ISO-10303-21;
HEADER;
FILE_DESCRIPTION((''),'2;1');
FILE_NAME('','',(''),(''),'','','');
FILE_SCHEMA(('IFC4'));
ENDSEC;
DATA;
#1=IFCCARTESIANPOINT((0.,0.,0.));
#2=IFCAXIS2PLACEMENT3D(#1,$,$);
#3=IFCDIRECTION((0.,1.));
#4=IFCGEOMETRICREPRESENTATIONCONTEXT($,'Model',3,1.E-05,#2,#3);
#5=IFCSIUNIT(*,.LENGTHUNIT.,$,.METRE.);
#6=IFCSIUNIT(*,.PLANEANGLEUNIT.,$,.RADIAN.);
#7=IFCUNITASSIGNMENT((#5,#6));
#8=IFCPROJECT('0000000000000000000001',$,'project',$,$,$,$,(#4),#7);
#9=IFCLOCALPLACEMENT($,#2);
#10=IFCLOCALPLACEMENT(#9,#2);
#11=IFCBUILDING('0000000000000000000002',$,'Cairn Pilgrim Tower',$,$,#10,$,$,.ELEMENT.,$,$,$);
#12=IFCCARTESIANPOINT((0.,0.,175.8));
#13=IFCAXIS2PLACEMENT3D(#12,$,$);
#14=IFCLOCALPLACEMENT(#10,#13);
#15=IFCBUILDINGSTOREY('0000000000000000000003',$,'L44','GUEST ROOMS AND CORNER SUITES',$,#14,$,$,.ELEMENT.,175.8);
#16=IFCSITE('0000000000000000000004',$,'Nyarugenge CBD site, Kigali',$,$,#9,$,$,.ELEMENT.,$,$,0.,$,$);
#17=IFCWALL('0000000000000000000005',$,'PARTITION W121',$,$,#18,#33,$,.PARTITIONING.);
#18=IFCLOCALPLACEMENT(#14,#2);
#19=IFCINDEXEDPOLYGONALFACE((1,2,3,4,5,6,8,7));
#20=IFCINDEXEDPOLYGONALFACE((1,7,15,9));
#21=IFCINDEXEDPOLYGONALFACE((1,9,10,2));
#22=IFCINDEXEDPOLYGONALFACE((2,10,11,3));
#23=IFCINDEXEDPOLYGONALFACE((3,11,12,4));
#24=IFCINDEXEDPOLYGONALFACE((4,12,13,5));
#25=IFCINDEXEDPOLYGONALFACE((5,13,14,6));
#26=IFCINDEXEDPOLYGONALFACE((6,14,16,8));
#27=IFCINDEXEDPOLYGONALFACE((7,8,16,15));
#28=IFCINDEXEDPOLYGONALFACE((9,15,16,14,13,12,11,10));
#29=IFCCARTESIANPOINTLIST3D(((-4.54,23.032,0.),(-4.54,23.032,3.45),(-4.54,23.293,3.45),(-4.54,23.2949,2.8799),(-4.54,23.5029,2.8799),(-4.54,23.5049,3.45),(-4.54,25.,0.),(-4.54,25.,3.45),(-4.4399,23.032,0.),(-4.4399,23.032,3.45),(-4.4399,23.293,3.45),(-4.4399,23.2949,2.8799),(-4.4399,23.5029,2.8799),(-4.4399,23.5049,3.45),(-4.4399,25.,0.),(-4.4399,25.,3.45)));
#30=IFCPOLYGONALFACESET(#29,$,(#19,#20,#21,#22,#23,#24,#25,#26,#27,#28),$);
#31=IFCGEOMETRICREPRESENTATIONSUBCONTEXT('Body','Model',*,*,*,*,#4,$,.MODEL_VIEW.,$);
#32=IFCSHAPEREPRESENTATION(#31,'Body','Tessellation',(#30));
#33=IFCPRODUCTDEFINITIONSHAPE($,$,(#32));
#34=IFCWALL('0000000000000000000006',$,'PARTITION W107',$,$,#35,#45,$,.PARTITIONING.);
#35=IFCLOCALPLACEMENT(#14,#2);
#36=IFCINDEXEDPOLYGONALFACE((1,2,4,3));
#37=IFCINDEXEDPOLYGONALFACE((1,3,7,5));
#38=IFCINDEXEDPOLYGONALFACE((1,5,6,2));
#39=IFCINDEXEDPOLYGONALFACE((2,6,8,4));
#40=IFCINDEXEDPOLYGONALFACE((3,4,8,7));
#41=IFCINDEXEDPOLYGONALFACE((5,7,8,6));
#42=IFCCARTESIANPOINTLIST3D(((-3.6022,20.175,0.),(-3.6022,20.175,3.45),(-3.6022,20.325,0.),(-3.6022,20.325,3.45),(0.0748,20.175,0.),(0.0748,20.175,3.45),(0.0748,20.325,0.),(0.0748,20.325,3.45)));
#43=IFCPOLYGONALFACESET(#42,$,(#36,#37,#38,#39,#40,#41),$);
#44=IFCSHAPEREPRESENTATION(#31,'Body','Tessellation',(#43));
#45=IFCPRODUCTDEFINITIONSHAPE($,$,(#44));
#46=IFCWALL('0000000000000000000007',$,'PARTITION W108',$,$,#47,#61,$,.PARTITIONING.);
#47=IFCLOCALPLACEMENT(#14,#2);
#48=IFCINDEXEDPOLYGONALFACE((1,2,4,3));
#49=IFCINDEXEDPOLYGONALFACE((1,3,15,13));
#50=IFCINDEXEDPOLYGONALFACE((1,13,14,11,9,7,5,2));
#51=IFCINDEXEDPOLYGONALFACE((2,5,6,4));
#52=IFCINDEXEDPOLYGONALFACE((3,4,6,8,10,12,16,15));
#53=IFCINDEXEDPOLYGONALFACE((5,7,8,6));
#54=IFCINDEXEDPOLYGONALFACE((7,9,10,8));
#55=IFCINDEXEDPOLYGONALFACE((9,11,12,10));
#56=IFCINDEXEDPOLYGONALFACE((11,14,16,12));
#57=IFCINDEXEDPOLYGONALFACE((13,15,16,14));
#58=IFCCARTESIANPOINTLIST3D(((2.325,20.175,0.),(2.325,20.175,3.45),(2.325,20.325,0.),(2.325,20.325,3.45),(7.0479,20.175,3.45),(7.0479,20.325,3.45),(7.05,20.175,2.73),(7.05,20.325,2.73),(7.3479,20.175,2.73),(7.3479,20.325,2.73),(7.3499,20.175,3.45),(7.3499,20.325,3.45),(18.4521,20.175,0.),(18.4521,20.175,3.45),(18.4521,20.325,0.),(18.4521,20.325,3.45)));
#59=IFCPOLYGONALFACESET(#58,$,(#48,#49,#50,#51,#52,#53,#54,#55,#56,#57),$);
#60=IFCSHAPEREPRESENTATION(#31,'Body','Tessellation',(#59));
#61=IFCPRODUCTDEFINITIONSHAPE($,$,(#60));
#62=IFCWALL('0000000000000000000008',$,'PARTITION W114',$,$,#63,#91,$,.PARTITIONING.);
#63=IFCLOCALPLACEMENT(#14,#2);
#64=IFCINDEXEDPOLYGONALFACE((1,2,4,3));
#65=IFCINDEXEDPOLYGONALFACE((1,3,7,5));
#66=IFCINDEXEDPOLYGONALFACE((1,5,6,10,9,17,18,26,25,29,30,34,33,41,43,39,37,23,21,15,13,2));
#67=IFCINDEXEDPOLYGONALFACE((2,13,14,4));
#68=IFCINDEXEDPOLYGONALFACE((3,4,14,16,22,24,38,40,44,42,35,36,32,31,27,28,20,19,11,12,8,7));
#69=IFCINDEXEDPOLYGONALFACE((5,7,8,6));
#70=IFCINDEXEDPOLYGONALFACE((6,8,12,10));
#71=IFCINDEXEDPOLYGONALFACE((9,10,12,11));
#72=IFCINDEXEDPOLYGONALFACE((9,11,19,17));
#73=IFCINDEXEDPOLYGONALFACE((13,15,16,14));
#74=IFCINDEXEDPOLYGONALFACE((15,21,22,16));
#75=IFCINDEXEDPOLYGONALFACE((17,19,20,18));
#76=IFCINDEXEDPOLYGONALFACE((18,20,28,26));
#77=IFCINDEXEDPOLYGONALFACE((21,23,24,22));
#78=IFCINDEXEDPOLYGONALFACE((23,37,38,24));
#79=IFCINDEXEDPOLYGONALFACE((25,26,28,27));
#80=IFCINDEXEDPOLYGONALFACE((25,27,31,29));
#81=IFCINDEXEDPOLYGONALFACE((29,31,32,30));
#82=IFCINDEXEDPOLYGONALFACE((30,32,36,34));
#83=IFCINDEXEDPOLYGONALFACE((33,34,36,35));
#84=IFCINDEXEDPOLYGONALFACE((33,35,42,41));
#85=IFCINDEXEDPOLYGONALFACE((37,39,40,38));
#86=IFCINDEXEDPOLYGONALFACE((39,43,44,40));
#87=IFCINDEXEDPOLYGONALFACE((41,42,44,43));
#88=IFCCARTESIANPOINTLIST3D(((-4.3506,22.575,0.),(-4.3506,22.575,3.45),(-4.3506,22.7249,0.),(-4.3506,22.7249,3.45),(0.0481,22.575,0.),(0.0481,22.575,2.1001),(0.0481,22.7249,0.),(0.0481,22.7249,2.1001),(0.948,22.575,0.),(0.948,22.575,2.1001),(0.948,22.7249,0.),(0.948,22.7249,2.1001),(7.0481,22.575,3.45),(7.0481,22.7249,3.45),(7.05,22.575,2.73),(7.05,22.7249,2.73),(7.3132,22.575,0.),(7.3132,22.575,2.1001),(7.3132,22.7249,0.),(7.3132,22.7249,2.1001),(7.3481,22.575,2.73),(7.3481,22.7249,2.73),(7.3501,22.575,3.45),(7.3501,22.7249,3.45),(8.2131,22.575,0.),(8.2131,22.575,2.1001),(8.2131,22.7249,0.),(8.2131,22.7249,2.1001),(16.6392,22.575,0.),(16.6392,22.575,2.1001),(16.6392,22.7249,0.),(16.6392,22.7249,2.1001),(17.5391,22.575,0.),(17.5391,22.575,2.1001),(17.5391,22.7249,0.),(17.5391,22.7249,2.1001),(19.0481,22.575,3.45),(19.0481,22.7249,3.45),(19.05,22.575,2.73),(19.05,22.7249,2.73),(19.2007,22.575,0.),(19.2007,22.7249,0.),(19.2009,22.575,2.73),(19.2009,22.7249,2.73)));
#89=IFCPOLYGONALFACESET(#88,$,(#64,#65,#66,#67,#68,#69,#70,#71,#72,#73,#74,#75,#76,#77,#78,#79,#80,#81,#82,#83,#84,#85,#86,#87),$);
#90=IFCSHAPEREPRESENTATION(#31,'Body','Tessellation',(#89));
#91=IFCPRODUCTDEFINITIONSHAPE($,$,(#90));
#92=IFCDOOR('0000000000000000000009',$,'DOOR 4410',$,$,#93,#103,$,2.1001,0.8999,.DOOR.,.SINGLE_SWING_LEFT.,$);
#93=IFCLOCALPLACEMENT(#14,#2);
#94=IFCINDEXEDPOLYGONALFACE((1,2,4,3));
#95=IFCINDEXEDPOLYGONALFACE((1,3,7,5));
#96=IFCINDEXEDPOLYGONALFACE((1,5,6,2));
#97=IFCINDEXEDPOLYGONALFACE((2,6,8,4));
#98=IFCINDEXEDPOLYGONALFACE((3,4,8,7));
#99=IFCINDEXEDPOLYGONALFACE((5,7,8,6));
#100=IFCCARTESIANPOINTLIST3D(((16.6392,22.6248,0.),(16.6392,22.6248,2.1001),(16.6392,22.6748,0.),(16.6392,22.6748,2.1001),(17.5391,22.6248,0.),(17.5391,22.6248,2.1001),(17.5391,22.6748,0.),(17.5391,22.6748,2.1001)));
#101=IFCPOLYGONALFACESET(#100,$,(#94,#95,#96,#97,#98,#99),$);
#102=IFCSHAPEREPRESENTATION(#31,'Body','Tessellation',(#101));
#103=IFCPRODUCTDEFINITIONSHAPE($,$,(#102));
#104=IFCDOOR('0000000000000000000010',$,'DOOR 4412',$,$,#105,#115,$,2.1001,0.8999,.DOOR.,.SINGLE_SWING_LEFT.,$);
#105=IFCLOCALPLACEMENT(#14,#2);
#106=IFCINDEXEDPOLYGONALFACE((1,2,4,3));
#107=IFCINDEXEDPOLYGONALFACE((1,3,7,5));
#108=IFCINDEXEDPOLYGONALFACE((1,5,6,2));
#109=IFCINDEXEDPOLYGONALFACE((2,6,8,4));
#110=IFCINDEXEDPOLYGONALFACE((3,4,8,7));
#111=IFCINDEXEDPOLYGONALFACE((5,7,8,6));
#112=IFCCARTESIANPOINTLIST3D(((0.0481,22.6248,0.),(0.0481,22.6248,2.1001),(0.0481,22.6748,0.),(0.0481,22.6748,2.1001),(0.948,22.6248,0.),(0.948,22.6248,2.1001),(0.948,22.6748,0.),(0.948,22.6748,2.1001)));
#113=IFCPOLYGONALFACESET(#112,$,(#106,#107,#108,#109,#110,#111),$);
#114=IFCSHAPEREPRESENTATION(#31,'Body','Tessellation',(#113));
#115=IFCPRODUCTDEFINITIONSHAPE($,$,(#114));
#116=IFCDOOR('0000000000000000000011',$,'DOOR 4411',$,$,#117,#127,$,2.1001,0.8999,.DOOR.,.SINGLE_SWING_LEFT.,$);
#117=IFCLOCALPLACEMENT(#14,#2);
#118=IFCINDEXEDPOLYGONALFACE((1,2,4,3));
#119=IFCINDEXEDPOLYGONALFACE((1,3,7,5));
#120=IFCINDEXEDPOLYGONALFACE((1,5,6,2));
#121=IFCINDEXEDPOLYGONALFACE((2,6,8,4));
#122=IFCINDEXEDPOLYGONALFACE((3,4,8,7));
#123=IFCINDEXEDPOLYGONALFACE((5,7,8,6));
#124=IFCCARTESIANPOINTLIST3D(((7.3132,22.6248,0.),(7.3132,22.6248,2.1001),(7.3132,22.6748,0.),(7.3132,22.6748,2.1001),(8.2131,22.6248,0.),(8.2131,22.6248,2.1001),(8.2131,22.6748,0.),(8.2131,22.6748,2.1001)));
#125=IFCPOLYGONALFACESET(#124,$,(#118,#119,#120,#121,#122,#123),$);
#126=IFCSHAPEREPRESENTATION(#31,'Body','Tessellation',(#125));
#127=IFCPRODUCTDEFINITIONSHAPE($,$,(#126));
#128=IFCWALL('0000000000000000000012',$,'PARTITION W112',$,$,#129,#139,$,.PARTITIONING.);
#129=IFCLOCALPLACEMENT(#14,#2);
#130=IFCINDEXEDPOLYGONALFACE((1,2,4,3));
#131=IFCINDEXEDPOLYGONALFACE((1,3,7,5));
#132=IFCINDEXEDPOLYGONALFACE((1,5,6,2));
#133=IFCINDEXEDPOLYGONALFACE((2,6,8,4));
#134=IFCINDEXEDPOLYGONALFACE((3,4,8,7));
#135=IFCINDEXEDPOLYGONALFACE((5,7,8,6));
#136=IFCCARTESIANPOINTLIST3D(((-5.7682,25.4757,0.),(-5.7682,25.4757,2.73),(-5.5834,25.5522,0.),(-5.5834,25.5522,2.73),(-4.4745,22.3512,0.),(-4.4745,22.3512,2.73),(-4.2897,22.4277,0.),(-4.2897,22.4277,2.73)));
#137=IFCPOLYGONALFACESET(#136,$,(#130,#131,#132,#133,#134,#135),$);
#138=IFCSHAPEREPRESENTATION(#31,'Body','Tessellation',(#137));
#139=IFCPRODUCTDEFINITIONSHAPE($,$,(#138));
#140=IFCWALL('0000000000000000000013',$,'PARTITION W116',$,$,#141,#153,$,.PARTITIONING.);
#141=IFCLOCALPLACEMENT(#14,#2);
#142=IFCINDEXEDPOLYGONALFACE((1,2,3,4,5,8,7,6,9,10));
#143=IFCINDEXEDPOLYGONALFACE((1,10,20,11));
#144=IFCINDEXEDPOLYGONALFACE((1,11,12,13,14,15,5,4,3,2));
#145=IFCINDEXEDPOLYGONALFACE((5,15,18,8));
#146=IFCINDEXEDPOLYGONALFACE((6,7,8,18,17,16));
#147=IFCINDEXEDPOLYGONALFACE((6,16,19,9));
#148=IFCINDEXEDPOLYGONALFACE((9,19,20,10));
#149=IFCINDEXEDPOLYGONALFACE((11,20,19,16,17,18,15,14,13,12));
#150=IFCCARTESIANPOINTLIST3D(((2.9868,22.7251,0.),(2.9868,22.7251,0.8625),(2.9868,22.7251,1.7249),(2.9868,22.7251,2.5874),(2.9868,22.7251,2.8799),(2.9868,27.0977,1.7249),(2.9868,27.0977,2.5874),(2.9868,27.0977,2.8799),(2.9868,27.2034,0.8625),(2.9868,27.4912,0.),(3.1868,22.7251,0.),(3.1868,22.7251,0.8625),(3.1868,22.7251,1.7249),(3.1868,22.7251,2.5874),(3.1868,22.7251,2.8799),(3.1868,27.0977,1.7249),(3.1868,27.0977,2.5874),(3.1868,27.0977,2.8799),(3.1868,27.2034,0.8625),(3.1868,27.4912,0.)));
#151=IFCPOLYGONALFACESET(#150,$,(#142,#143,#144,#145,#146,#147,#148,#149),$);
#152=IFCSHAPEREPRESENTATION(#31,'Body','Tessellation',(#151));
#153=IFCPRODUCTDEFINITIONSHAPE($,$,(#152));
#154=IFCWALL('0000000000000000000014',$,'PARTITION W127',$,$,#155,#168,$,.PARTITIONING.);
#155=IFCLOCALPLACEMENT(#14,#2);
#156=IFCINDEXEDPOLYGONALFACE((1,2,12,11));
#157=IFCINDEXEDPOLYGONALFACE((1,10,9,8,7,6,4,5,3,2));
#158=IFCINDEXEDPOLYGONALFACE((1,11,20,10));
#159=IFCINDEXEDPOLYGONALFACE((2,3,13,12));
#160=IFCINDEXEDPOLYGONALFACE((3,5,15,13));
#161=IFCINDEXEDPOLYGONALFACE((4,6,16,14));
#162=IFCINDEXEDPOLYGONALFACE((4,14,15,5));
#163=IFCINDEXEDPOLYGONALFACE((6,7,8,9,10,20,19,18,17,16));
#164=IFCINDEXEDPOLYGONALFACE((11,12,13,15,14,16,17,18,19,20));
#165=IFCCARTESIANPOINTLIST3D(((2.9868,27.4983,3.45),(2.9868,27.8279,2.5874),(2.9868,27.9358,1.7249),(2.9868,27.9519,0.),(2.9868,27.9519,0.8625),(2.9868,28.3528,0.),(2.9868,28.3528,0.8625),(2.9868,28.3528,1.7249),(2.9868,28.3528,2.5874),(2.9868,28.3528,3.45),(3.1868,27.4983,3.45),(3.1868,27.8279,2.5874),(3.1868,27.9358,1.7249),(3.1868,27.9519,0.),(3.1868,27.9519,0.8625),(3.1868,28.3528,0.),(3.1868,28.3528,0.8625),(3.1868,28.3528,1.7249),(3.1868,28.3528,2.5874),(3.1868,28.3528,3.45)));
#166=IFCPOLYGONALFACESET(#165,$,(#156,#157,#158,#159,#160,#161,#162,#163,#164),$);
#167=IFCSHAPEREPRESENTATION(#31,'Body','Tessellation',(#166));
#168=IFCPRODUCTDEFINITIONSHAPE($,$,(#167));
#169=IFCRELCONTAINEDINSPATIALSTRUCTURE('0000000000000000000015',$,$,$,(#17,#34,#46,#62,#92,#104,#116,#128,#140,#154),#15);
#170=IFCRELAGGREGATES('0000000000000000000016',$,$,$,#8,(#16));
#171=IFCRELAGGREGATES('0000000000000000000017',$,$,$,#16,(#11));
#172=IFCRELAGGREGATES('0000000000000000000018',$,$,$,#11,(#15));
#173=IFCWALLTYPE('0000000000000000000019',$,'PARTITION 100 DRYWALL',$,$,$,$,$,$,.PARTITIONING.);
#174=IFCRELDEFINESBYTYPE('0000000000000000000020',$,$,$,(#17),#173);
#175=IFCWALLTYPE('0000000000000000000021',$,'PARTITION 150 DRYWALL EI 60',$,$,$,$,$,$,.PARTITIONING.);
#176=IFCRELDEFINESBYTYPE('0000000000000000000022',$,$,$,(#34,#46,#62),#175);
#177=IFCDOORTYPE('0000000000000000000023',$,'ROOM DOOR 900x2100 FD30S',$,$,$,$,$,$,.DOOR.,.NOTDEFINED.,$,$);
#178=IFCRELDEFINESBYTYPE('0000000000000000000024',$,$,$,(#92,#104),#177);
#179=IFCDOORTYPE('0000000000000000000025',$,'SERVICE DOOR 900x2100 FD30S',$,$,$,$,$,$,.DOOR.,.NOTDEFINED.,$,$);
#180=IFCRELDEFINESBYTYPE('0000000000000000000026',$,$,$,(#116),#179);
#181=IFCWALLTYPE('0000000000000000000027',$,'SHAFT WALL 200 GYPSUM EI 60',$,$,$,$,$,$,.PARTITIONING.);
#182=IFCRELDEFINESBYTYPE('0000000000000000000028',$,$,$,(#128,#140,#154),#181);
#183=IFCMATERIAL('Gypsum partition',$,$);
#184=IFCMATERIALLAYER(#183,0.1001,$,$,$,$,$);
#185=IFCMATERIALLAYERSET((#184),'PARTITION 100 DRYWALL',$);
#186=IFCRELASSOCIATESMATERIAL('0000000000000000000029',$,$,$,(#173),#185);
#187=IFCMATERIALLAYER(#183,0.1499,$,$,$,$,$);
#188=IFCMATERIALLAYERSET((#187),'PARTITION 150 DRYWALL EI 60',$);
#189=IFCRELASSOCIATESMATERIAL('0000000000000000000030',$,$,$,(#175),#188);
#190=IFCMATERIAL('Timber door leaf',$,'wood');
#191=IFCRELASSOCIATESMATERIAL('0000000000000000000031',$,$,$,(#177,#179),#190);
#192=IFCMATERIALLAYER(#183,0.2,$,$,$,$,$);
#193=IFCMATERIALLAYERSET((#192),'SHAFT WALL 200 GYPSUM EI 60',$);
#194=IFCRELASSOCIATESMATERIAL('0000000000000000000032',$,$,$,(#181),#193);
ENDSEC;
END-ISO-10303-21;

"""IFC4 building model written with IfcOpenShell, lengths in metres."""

from ifc_helpers import new_model, si_unit, direction, frame, frame_2d, origin, place, context, subcontext, project, spatial, polyline, rectangle, outline, extrude, material, layer, layer_set, type_object, element, fill, save


model = new_model("IFC4")

# Units and contexts
model_context = context("Model", 3, precision=1e-05, world=origin(), true_north=direction((0.0, 1.0)))
body_context = subcontext(model_context, "Body", "Model", "MODEL_VIEW")
ifc_project = project(units=[si_unit("LENGTHUNIT", "METRE"), si_unit("PLANEANGLEUNIT", "RADIAN")], contexts=[model_context])

# Site, building, storey
site_placement = place(None, origin())
site = spatial("IfcSite", under=ifc_project, at=site_placement, Name="Nyarugenge CBD site, Kigali", CompositionType="ELEMENT", RefElevation=0.0)
building_placement = place(site_placement, origin())
building = spatial("IfcBuilding", under=site, at=building_placement, Name="Cairn Pilgrim Tower", CompositionType="ELEMENT")
storey_placement = place(building_placement, frame((0.0, 0.0, 175.8)))
storey = spatial("IfcBuildingStorey", under=building, at=storey_placement, Name="L44", Description="GUEST ROOMS AND CORNER SUITES", CompositionType="ELEMENT", Elevation=175.8)

# Shared definitions
ifc_material_1 = material(Name="Gypsum partition")
ifc_layer_1 = layer(ifc_material_1, 0.1001)
ifc_layer_set_1 = layer_set([ifc_layer_1], Name="PARTITION 100 DRYWALL")
wall_type_1 = type_object("IfcWallType", Name="PARTITION 100 DRYWALL", PredefinedType="PARTITIONING", material=ifc_layer_set_1)
ifc_material_2 = material(Name="Timber door leaf", Category="wood")

# Walls
wall_1_placement = place(storey_placement, frame((-4.49, 23.032, 0.0), z_axis=(0.0, 0.0, 1.0), x_axis=(0.0, 1.0, 0.0)))
element("IfcWall", 1, at=wall_1_placement, inside=storey, type_object=wall_type_1, Name="PARTITION W121", PredefinedType="PARTITIONING", context=body_context, shape_type="SweptSolid", body=[
    extrude(outline(polyline([(0.0, 0.0), (1.968, 0.0), (1.968, 3.45), (0.4729, 3.45), (0.4709, 2.8799), (0.2629, 2.8799), (0.261, 3.45), (0.0, 3.45), (0.0, 0.0)])), frame((0.0, 0.05, 0.0), z_axis=(0.0, -1.0, 0.0), x_axis=(1.0, 0.0, 0.0)), (0.0, 0.0, 1.0), 0.1001),
])
ifc_layer_2 = layer(ifc_material_1, 0.1499)
ifc_layer_set_2 = layer_set([ifc_layer_2], Name="PARTITION 150 DRYWALL EI 60")
wall_type_2 = type_object("IfcWallType", Name="PARTITION 150 DRYWALL EI 60", PredefinedType="PARTITIONING", material=ifc_layer_set_2)
wall_2_placement = place(storey_placement, frame((-3.6021, 20.25, 0.0), z_axis=(0.0, 0.0, 1.0), x_axis=(1.0, 0.0, 0.0)))
element("IfcWall", 2, at=wall_2_placement, inside=storey, type_object=wall_type_2, Name="PARTITION W107", PredefinedType="PARTITIONING", context=body_context, shape_type="SweptSolid", body=[
    extrude(rectangle(XDim=3.677, YDim=0.1499, at=frame_2d((1.8384, 0.0))), origin(), (0.0, 0.0, 1.0), 3.45),
])
wall_3_placement = place(storey_placement, frame((2.325, 20.25, 0.0), z_axis=(0.0, 0.0, 1.0), x_axis=(1.0, 0.0, 0.0)))
element("IfcWall", 3, at=wall_3_placement, inside=storey, type_object=wall_type_2, Name="PARTITION W108", PredefinedType="PARTITIONING", context=body_context, shape_type="SweptSolid", body=[
    extrude(outline(polyline([(0.0, 0.0), (16.1272, 0.0), (16.1272, 3.45), (5.0249, 3.45), (5.0229, 2.73), (4.7251, 2.73), (4.7229, 3.45), (0.0, 3.45), (0.0, 0.0)])), frame((0.0, 0.075, 0.0), z_axis=(0.0, -1.0, 0.0), x_axis=(1.0, 0.0, 0.0)), (0.0, 0.0, 1.0), 0.1499),
])

# Wall, openings, doors
wall_4_placement = place(storey_placement, frame((-4.3506, 22.6499, 0.0), z_axis=(0.0, 0.0, 1.0), x_axis=(1.0, 0.0, 0.0)))
wall_4 = element("IfcWall", 4, at=wall_4_placement, inside=storey, type_object=wall_type_2, Name="PARTITION W114", PredefinedType="PARTITIONING", context=body_context, shape_type="SweptSolid", body=[
    extrude(outline(polyline([(0.0, 0.0), (23.5513, 0.0), (23.5515, 2.73), (23.4006, 2.73), (23.3987, 3.45), (11.7007, 3.45), (11.6987, 2.73), (11.4006, 2.73), (11.3987, 3.45), (0.0, 3.45), (0.0, 0.0)])), frame((0.0, 0.075, 0.0), z_axis=(0.0, -1.0, 0.0), x_axis=(1.0, 0.0, 0.0)), (0.0, 0.0, 1.0), 0.1499),
])
opening_1_placement = place(wall_4_placement, frame((20.9897, 0.0, 0.0)))
opening_1 = element("IfcOpeningElement", 5, at=opening_1_placement, cuts=wall_4, PredefinedType="OPENING", context=body_context, shape_type="SweptSolid", body=[
    extrude(rectangle(XDim=0.8999, YDim=2.1001, at=frame_2d((0.45, 1.05))), frame((0.0, 0.085, 0.0), z_axis=(0.0, -1.0, 0.0), x_axis=(1.0, 0.0, 0.0)), (0.0, 0.0, 1.0), 0.1699),
])
opening_2_placement = place(wall_4_placement, frame((11.6638, 0.0, 0.0)))
opening_2 = element("IfcOpeningElement", 6, at=opening_2_placement, cuts=wall_4, PredefinedType="OPENING", context=body_context, shape_type="SweptSolid", body=[
    extrude(rectangle(XDim=0.8999, YDim=2.1001, at=frame_2d((0.45, 1.05))), frame((0.0, 0.085, 0.0), z_axis=(0.0, -1.0, 0.0), x_axis=(1.0, 0.0, 0.0)), (0.0, 0.0, 1.0), 0.1699),
])
opening_3_placement = place(wall_4_placement, frame((4.3987, 0.0, 0.0)))
opening_3 = element("IfcOpeningElement", 7, at=opening_3_placement, cuts=wall_4, PredefinedType="OPENING", context=body_context, shape_type="SweptSolid", body=[
    extrude(rectangle(XDim=0.8999, YDim=2.1001, at=frame_2d((0.45, 1.05))), frame((0.0, 0.085, 0.0), z_axis=(0.0, -1.0, 0.0), x_axis=(1.0, 0.0, 0.0)), (0.0, 0.0, 1.0), 0.1699),
])
door_type_1 = type_object("IfcDoorType", Name="ROOM DOOR 900x2100 FD30S", OperationType="NOTDEFINED", PredefinedType="DOOR", material=ifc_material_2)
door_1_placement = place(opening_1_placement, origin())
door_1 = element("IfcDoor", 8, at=door_1_placement, inside=storey, type_object=door_type_1, Name="DOOR 4410", OperationType="SINGLE_SWING_LEFT", OverallHeight=2.1001, OverallWidth=0.8999, PredefinedType="DOOR", context=body_context, shape_type="SweptSolid", body=[
    extrude(rectangle(XDim=0.8999, YDim=2.1001, at=frame_2d((0.45, 1.05))), frame((0.0, 0.0249, 0.0), z_axis=(0.0, -1.0, 0.0), x_axis=(1.0, 0.0, 0.0)), (0.0, 0.0, 1.0), 0.05),
])
fill(opening_1, door_1)
door_2_placement = place(opening_3_placement, origin())
door_2 = element("IfcDoor", 9, at=door_2_placement, inside=storey, type_object=door_type_1, Name="DOOR 4412", OperationType="SINGLE_SWING_LEFT", OverallHeight=2.1001, OverallWidth=0.8999, PredefinedType="DOOR", context=body_context, shape_type="SweptSolid", body=[
    extrude(rectangle(XDim=0.8999, YDim=2.1001, at=frame_2d((0.45, 1.05))), frame((0.0, 0.0249, 0.0), z_axis=(0.0, -1.0, 0.0), x_axis=(1.0, 0.0, 0.0)), (0.0, 0.0, 1.0), 0.05),
])
fill(opening_3, door_2)
door_type_2 = type_object("IfcDoorType", Name="SERVICE DOOR 900x2100 FD30S", OperationType="NOTDEFINED", PredefinedType="DOOR", material=ifc_material_2)
door_3_placement = place(opening_2_placement, origin())
door_3 = element("IfcDoor", 10, at=door_3_placement, inside=storey, type_object=door_type_2, Name="DOOR 4411", OperationType="SINGLE_SWING_LEFT", OverallHeight=2.1001, OverallWidth=0.8999, PredefinedType="DOOR", context=body_context, shape_type="SweptSolid", body=[
    extrude(rectangle(XDim=0.8999, YDim=2.1001, at=frame_2d((0.45, 1.05))), frame((0.0, 0.0249, 0.0), z_axis=(0.0, -1.0, 0.0), x_axis=(1.0, 0.0, 0.0)), (0.0, 0.0, 1.0), 0.05),
])
fill(opening_2, door_3)

# Walls
ifc_layer_3 = layer(ifc_material_1, 0.2)
ifc_layer_set_3 = layer_set([ifc_layer_3], Name="SHAFT WALL 200 GYPSUM EI 60")
wall_type_3 = type_object("IfcWallType", Name="SHAFT WALL 200 GYPSUM EI 60", PredefinedType="PARTITIONING", material=ifc_layer_set_3)
wall_5_placement = place(storey_placement, frame((-4.3821, 22.3894, 0.0), z_axis=(0.0, 0.0, 1.0), x_axis=(-0.382554, 0.923933, 0.0)))
element("IfcWall", 11, at=wall_5_placement, inside=storey, type_object=wall_type_3, Name="PARTITION W112", PredefinedType="PARTITIONING", context=body_context, shape_type="SweptSolid", body=[
    extrude(rectangle(XDim=3.3818, YDim=0.2, at=frame_2d((1.6909, 0.0))), origin(), (0.0, 0.0, 1.0), 2.73),
])
wall_6_placement = place(storey_placement, frame((3.0869, 22.7251, 0.0), z_axis=(0.0, 0.0, 1.0), x_axis=(0.0, 1.0, 0.0)))
element("IfcWall", 12, at=wall_6_placement, inside=storey, type_object=wall_type_3, Name="PARTITION W116", PredefinedType="PARTITIONING", context=body_context, shape_type="SweptSolid", body=[
    extrude(outline(polyline([(0.0, 0.0), (4.7661, 0.0), (4.4783, 0.8625), (4.3726, 1.7249), (4.3726, 2.5874), (4.3726, 2.8799), (0.0, 2.8799), (0.0, 2.5874), (0.0, 1.7249), (0.0, 0.8625), (0.0, 0.0)])), frame((0.0, 0.1001, 0.0), z_axis=(0.0, -1.0, 0.0), x_axis=(1.0, 0.0, 0.0)), (0.0, 0.0, 1.0), 0.2),
])
wall_7_placement = place(storey_placement, frame((3.0869, 27.4983, 0.0), z_axis=(0.0, 0.0, 1.0), x_axis=(0.0, 1.0, 0.0)))
element("IfcWall", 13, at=wall_7_placement, inside=storey, type_object=wall_type_3, Name="PARTITION W127", PredefinedType="PARTITIONING", context=body_context, shape_type="SweptSolid", body=[
    extrude(outline(polyline([(0.4536, 0.0), (0.8545, 0.0), (0.8545, 0.8625), (0.8545, 1.7249), (0.8545, 2.5874), (0.8545, 3.45), (0.0, 3.45), (0.3296, 2.5874), (0.4375, 1.7249), (0.4536, 0.8625), (0.4536, 0.0)])), frame((0.0, 0.1001, 0.0), z_axis=(0.0, -1.0, 0.0), x_axis=(1.0, 0.0, 0.0)), (0.0, 0.0, 1.0), 0.2),
])

save(model, "model.ifc")
